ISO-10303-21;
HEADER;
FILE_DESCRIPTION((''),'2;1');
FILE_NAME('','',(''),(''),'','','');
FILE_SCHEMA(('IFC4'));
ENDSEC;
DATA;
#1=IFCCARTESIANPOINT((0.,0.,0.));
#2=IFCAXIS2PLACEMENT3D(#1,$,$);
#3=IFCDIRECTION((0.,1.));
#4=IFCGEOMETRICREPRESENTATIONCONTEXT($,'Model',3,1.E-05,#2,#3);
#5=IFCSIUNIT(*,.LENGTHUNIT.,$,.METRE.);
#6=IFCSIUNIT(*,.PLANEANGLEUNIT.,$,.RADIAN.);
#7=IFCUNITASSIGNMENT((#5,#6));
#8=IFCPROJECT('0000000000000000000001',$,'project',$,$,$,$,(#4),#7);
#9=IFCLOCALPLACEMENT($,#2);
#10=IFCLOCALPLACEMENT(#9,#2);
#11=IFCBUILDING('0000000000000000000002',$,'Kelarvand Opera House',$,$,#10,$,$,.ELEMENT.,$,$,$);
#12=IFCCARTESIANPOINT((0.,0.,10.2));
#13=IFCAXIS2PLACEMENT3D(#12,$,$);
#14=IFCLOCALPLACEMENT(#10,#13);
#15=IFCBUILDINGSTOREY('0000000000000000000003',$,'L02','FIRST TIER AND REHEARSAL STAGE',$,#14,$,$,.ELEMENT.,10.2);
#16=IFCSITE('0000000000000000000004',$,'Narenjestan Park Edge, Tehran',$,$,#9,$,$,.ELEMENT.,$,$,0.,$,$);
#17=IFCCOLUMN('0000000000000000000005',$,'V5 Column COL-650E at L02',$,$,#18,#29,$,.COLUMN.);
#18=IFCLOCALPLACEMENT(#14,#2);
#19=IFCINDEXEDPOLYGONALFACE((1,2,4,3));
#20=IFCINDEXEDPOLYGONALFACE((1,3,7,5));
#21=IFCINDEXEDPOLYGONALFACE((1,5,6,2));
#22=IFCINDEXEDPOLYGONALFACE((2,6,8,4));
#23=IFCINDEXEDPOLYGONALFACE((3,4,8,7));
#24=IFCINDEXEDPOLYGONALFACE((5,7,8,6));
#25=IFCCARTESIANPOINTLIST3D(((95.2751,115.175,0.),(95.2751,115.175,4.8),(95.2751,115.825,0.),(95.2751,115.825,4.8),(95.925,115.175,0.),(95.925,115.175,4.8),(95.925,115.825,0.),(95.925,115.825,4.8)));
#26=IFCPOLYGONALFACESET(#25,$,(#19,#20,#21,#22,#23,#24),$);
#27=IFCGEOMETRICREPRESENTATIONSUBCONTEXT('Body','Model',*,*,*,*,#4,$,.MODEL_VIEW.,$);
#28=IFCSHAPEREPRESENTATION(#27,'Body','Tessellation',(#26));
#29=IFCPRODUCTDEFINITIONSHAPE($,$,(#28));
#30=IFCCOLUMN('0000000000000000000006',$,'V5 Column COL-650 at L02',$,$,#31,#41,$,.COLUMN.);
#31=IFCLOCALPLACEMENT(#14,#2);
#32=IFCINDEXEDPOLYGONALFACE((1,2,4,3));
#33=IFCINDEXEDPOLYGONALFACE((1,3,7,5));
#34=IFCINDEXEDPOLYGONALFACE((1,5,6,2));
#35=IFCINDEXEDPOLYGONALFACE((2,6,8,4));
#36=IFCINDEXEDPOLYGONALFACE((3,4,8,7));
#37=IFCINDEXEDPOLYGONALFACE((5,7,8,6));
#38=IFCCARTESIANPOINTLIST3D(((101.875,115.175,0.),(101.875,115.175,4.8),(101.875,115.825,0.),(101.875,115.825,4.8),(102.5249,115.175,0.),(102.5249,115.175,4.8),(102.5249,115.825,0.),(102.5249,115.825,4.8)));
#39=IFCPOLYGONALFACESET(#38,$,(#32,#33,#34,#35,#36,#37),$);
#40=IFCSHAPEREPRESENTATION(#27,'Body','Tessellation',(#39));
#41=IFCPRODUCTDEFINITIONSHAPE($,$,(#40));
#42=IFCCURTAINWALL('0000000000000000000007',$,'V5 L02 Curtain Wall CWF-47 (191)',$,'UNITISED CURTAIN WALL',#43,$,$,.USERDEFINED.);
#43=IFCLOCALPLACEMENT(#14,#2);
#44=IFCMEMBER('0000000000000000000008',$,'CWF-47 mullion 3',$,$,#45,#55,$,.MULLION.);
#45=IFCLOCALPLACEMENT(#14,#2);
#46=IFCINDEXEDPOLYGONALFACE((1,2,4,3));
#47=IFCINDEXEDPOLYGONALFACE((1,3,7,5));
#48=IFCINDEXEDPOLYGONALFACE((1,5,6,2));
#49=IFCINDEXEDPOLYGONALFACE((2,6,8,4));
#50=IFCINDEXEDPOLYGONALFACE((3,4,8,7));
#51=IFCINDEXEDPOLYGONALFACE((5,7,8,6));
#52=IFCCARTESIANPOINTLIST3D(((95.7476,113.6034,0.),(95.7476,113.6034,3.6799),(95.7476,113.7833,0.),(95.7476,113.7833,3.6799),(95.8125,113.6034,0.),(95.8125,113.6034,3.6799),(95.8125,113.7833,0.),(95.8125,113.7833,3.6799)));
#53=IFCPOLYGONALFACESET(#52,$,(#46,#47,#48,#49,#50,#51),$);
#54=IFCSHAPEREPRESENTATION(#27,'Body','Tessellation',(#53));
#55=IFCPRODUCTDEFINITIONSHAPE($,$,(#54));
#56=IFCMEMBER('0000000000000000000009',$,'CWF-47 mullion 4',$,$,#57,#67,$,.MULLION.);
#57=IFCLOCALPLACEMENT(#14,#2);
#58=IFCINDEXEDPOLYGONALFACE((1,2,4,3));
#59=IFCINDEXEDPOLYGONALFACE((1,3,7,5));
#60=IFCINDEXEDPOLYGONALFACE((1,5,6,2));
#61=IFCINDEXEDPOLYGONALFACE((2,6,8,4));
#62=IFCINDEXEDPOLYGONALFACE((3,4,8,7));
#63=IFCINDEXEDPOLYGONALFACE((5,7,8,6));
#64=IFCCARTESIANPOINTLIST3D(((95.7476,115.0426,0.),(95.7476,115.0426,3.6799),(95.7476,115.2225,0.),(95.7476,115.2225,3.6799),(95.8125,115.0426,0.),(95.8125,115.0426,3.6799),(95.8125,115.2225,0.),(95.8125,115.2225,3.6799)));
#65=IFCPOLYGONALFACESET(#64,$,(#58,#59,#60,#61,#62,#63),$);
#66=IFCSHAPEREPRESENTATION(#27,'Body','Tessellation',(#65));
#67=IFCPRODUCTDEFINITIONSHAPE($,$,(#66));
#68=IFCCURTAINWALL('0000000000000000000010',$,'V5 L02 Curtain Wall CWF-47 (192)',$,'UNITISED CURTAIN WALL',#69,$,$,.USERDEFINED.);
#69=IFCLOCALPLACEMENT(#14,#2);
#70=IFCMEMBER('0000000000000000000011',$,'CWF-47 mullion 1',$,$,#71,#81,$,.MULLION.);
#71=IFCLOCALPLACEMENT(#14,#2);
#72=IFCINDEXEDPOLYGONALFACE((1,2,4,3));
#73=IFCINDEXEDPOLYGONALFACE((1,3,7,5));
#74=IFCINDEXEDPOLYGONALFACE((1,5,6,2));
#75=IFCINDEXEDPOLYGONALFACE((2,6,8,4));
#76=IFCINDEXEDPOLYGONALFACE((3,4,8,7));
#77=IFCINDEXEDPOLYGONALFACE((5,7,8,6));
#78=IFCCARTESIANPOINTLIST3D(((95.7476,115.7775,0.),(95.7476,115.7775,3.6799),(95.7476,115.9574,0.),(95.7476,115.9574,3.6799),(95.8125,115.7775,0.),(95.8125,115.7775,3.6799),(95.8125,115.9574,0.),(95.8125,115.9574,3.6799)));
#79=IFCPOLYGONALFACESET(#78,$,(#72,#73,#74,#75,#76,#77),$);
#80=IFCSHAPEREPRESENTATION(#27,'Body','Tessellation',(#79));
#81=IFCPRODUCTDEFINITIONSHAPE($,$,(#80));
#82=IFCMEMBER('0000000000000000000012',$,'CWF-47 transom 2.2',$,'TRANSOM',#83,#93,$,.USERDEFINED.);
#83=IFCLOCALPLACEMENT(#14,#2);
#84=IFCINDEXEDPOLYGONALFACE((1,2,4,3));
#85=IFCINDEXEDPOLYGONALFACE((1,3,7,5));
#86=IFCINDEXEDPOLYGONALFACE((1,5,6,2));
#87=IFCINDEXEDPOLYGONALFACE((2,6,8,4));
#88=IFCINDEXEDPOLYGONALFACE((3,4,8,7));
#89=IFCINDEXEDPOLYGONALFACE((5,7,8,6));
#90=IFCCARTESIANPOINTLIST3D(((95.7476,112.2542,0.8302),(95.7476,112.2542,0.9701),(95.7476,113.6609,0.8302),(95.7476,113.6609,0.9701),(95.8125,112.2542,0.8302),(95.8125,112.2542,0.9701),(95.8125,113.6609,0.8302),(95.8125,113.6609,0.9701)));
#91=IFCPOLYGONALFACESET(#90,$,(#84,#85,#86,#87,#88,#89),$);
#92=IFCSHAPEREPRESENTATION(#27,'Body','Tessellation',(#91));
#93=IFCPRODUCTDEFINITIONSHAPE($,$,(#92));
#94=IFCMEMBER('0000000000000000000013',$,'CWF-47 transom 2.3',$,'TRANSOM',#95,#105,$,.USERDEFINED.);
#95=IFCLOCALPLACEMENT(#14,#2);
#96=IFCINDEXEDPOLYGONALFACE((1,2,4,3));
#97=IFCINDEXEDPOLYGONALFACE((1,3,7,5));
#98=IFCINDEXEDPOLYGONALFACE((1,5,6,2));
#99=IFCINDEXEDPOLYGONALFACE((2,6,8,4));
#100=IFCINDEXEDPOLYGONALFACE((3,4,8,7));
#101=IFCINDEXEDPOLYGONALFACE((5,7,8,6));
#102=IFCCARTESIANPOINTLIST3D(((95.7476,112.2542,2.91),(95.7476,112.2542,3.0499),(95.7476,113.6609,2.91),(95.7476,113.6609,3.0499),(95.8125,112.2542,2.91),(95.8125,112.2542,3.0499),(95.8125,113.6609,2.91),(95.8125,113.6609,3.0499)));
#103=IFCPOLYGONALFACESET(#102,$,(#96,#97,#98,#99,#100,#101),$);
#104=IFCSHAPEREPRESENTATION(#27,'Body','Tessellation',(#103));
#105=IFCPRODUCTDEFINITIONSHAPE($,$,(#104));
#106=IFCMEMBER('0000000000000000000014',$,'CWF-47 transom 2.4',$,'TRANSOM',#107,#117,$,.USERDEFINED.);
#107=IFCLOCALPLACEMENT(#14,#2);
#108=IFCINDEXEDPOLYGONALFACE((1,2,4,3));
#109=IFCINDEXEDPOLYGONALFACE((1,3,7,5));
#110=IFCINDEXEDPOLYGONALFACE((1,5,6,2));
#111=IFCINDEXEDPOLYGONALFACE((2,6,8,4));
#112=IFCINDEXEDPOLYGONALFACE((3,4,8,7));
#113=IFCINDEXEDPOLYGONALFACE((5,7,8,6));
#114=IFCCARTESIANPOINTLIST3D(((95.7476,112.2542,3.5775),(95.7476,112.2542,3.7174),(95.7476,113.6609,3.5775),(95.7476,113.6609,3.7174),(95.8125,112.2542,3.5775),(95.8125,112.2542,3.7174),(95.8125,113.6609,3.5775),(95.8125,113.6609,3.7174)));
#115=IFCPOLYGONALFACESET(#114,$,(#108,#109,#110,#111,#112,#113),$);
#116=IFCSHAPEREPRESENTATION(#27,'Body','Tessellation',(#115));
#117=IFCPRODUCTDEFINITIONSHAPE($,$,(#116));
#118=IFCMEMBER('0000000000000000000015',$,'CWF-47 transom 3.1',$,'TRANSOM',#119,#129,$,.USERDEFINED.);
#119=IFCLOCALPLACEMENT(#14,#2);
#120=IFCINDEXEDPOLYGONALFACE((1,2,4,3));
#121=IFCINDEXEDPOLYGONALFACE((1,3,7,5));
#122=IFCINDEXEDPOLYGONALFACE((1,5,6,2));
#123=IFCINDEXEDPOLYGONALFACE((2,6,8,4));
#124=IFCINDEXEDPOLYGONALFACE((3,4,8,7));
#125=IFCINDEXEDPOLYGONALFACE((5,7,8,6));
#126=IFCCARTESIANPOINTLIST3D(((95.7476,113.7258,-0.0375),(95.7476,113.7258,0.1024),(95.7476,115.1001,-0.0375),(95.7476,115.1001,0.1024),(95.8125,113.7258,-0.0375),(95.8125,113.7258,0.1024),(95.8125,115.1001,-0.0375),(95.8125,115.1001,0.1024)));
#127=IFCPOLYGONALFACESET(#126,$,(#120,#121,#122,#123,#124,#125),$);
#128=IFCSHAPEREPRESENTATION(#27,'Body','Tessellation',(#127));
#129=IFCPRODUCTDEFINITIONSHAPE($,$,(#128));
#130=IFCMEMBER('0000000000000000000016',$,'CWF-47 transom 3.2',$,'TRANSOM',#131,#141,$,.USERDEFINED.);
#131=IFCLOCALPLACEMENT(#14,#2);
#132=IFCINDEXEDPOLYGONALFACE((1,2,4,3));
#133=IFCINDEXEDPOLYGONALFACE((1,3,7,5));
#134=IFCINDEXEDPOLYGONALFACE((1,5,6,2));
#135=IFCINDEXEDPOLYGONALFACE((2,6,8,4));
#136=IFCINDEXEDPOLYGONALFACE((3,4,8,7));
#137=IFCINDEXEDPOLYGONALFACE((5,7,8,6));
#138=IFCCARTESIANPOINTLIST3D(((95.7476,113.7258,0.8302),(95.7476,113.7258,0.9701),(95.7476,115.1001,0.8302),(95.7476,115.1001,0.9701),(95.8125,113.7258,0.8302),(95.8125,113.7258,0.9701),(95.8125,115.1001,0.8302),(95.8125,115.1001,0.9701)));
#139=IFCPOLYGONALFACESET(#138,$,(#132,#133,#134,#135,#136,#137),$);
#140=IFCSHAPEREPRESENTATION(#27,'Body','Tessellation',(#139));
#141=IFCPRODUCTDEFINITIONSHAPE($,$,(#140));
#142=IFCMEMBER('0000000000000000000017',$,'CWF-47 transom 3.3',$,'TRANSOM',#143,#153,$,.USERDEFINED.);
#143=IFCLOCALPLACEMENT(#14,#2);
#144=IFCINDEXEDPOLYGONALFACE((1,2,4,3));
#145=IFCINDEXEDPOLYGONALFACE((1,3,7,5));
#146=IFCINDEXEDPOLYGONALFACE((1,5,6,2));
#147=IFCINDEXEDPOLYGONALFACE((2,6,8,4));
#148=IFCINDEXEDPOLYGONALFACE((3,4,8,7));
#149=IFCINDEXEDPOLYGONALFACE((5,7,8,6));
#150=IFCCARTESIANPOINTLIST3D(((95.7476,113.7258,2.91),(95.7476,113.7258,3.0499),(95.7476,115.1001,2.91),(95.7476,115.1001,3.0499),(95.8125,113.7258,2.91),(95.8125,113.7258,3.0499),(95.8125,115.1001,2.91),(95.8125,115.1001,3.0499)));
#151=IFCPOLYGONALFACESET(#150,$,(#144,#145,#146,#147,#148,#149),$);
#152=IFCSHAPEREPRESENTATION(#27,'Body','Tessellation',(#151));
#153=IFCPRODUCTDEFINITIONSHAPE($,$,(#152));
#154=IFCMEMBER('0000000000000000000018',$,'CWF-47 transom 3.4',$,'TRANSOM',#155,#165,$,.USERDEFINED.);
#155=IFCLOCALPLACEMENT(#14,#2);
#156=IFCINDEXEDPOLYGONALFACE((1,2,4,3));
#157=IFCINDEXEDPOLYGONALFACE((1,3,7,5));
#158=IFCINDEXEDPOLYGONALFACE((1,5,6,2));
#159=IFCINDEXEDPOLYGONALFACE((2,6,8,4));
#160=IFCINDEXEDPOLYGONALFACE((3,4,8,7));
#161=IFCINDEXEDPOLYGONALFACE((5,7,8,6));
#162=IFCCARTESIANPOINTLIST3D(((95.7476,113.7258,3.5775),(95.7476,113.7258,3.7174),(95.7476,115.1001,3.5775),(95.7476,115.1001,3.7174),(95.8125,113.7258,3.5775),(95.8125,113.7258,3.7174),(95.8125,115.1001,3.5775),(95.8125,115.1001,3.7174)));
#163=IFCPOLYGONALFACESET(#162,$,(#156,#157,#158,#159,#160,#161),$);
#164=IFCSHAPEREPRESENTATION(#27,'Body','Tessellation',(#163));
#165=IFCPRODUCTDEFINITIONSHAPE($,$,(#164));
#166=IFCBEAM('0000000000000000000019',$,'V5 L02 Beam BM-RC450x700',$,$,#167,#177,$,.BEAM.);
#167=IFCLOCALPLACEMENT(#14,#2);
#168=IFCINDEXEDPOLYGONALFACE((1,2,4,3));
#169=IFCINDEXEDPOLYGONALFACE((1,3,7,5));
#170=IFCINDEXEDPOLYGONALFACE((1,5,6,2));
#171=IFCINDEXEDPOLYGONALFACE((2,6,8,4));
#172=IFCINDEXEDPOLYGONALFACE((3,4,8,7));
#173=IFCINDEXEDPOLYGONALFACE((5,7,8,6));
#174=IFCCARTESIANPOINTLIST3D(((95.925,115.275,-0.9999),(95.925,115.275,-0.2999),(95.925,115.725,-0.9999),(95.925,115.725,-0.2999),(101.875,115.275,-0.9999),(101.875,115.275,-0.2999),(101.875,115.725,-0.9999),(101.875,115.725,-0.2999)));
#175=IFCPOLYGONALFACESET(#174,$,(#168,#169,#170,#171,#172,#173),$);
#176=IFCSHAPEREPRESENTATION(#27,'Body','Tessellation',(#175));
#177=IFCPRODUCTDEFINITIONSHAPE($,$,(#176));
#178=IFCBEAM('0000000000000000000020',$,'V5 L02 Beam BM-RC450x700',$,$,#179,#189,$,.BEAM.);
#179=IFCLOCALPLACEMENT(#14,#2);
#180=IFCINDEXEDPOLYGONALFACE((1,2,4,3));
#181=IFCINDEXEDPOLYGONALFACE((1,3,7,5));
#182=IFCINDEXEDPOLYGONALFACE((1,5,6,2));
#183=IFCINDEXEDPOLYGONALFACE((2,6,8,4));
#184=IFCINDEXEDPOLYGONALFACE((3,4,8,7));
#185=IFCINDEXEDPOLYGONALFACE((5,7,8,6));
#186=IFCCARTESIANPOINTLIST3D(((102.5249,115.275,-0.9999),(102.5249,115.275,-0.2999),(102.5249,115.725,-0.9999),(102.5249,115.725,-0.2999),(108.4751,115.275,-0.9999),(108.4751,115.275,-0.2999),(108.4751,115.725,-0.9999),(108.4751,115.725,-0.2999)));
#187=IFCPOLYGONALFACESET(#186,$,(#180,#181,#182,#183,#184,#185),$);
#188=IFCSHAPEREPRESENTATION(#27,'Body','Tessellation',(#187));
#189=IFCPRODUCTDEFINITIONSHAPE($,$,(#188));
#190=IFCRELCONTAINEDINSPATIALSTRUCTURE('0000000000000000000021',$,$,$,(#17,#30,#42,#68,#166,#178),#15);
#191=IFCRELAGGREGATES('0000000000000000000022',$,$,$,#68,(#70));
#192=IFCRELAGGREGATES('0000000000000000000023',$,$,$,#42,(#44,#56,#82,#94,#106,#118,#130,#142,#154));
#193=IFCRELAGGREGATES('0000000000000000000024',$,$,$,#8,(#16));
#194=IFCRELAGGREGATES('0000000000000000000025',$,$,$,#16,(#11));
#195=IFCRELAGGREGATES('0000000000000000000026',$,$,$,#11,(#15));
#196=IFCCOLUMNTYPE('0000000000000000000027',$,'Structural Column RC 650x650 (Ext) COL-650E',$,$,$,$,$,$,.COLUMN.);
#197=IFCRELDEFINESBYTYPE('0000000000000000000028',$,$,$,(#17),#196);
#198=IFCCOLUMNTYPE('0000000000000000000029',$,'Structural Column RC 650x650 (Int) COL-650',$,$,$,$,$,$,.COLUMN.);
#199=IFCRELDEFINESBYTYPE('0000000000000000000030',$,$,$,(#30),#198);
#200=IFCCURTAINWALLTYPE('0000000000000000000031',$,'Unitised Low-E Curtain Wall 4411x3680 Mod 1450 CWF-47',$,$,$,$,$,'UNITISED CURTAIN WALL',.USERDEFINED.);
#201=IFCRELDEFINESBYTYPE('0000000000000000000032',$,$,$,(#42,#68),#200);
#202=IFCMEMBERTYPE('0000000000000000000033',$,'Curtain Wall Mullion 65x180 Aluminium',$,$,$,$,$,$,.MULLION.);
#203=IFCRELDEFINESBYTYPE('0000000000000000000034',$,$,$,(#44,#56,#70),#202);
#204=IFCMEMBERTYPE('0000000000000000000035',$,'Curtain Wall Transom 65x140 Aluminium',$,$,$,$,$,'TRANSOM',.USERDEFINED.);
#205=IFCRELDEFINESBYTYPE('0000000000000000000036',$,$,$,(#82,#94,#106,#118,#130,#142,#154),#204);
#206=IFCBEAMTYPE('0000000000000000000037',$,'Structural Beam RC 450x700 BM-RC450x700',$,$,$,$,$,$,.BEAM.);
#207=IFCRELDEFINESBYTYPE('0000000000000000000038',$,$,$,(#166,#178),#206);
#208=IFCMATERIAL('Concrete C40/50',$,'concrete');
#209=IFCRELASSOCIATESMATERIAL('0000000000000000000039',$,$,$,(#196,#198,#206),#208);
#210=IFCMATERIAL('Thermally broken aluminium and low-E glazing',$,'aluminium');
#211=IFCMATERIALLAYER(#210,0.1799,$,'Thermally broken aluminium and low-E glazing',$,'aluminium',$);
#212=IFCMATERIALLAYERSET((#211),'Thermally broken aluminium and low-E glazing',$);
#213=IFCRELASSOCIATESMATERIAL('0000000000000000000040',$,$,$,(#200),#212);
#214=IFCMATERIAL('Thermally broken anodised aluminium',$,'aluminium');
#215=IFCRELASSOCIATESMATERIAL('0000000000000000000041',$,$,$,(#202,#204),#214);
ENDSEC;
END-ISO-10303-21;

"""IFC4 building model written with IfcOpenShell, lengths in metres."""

from ifc_helpers import new_model, si_unit, direction, frame, origin, origin_2d, place, context, subcontext, project, spatial, rectangle, extrude, material, layer, layer_set, material_profile, profile_set, type_object, element, aggregate, save


model = new_model("IFC4")

# Units and contexts
model_context = context("Model", 3, precision=1e-05, world=origin(), true_north=direction((0.0, 1.0)))
body_context = subcontext(model_context, "Body", "Model", "MODEL_VIEW")
ifc_project = project(units=[si_unit("LENGTHUNIT", "METRE"), si_unit("PLANEANGLEUNIT", "RADIAN")], contexts=[model_context])

# Site, building, storey
site_placement = place(None, origin())
site = spatial("IfcSite", under=ifc_project, at=site_placement, Name="Narenjestan Park Edge, Tehran", CompositionType="ELEMENT", RefElevation=0.0)
building_placement = place(site_placement, origin())
building = spatial("IfcBuilding", under=site, at=building_placement, Name="Kelarvand Opera House", CompositionType="ELEMENT")
storey_placement = place(building_placement, frame((0.0, 0.0, 10.2)))
storey = spatial("IfcBuildingStorey", under=building, at=storey_placement, Name="L02", Description="FIRST TIER AND REHEARSAL STAGE", CompositionType="ELEMENT", Elevation=10.2)

# Columns
ifc_material_1 = material(Name="Concrete C40/50", Category="concrete")
ifc_material_profile_1 = material_profile(ifc_material_1, rectangle(XDim=0.6499, YDim=0.6499, at=origin_2d()), Name="RC 650x650", Category="concrete")
ifc_profile_set_1 = profile_set([ifc_material_profile_1], Name="Concrete C40/50")
column_type_1 = type_object("IfcColumnType", Name="Structural Column RC 650x650 (Ext) COL-650E", PredefinedType="COLUMN", material=ifc_profile_set_1)
column_1_placement = place(storey_placement, frame((95.6001, 115.5, 0.0), z_axis=(0.0, 0.0, 1.0), x_axis=(1.0, 0.0, 0.0)))
element("IfcColumn", 1, at=column_1_placement, inside=storey, type_object=column_type_1, Name="V5 Column COL-650E at L02", PredefinedType="COLUMN", context=body_context, shape_type="SweptSolid", body=[
    extrude(rectangle(XDim=0.6499, YDim=0.6499, at=origin_2d()), origin(), (0.0, 0.0, 1.0), 4.8),
])
ifc_material_profile_2 = material_profile(ifc_material_1, rectangle(XDim=0.6499, YDim=0.6499, at=origin_2d()), Name="RC 650x650", Category="concrete")
ifc_profile_set_2 = profile_set([ifc_material_profile_2], Name="Concrete C40/50")
column_type_2 = type_object("IfcColumnType", Name="Structural Column RC 650x650 (Int) COL-650", PredefinedType="COLUMN", material=ifc_profile_set_2)
column_2_placement = place(storey_placement, frame((102.2, 115.5, 0.0), z_axis=(0.0, 0.0, 1.0), x_axis=(1.0, 0.0, 0.0)))
element("IfcColumn", 2, at=column_2_placement, inside=storey, type_object=column_type_2, Name="V5 Column COL-650 at L02", PredefinedType="COLUMN", context=body_context, shape_type="SweptSolid", body=[
    extrude(rectangle(XDim=0.6499, YDim=0.6499, at=origin_2d()), origin(), (0.0, 0.0, 1.0), 4.8),
])

# Curtain wall, members
ifc_material_2 = material(Name="Thermally broken aluminium and low-E glazing", Category="aluminium")
ifc_layer_1 = layer(ifc_material_2, 0.1799, Name="Thermally broken aluminium and low-E glazing", Category="aluminium")
ifc_layer_set_1 = layer_set([ifc_layer_1], Name="Thermally broken aluminium and low-E glazing")
curtain_wall_type = type_object("IfcCurtainWallType", Name="Unitised Low-E Curtain Wall 4411x3680 Mod 1450 CWF-47", ElementType="UNITISED CURTAIN WALL", PredefinedType="USERDEFINED", material=ifc_layer_set_1)
curtain_wall_1_placement = place(storey_placement, origin())
curtain_wall_1 = element("IfcCurtainWall", 3, at=curtain_wall_1_placement, inside=storey, type_object=curtain_wall_type, Name="V5 L02 Curtain Wall CWF-47 (191)", ObjectType="UNITISED CURTAIN WALL", PredefinedType="USERDEFINED")
ifc_material_3 = material(Name="Thermally broken anodised aluminium", Category="aluminium")
ifc_material_profile_3 = material_profile(ifc_material_3, rectangle(XDim=0.0649, YDim=0.1799, at=origin_2d()), Name="ALU MULLION 65x180", Category="aluminium")
ifc_profile_set_3 = profile_set([ifc_material_profile_3], Name="Thermally broken anodised aluminium")
member_type_1 = type_object("IfcMemberType", Name="Curtain Wall Mullion 65x180 Aluminium", PredefinedType="MULLION", material=ifc_profile_set_3)
member_1_placement = place(storey_placement, frame((95.78, 113.6934, 0.0), z_axis=(0.0, 0.0, 1.0), x_axis=(-1.0, 0.0, 0.0)))
member_1 = element("IfcMember", 4, at=member_1_placement, type_object=member_type_1, Name="CWF-47 mullion 3", PredefinedType="MULLION", context=body_context, shape_type="SweptSolid", body=[
    extrude(rectangle(XDim=0.0649, YDim=0.1799, at=origin_2d()), origin(), (0.0, 0.0, 1.0), 3.6799),
])
member_2_placement = place(storey_placement, frame((95.78, 115.1326, 0.0), z_axis=(0.0, 0.0, 1.0), x_axis=(-1.0, 0.0, 0.0)))
member_2 = element("IfcMember", 5, at=member_2_placement, type_object=member_type_1, Name="CWF-47 mullion 4", PredefinedType="MULLION", context=body_context, shape_type="SweptSolid", body=[
    extrude(rectangle(XDim=0.0649, YDim=0.1799, at=origin_2d()), origin(), (0.0, 0.0, 1.0), 3.6799),
])

# Curtain wall, member
curtain_wall_2_placement = place(storey_placement, origin())
curtain_wall_2 = element("IfcCurtainWall", 6, at=curtain_wall_2_placement, inside=storey, type_object=curtain_wall_type, Name="V5 L02 Curtain Wall CWF-47 (192)", ObjectType="UNITISED CURTAIN WALL", PredefinedType="USERDEFINED")
member_3_placement = place(storey_placement, frame((95.78, 115.8674, 0.0), z_axis=(0.0, 0.0, 1.0), x_axis=(-1.0, 0.0, 0.0)))
member_3 = element("IfcMember", 7, at=member_3_placement, type_object=member_type_1, Name="CWF-47 mullion 1", PredefinedType="MULLION", context=body_context, shape_type="SweptSolid", body=[
    extrude(rectangle(XDim=0.0649, YDim=0.1799, at=origin_2d()), origin(), (0.0, 0.0, 1.0), 3.6799),
])
aggregate(curtain_wall_2, [member_3])

# Members
ifc_material_profile_4 = material_profile(ifc_material_3, rectangle(XDim=0.0649, YDim=0.1399, at=origin_2d()), Name="ALU TRANSOM 65x140", Category="aluminium")
ifc_profile_set_4 = profile_set([ifc_material_profile_4], Name="Thermally broken anodised aluminium")
member_type_2 = type_object("IfcMemberType", Name="Curtain Wall Transom 65x140 Aluminium", ElementType="TRANSOM", PredefinedType="USERDEFINED", material=ifc_profile_set_4)
member_4_placement = place(storey_placement, frame((95.78, 112.2542, 0.9001), z_axis=(0.0, 1.0, 0.0), x_axis=(-1.0, 0.0, 0.0)))
member_4 = element("IfcMember", 8, at=member_4_placement, type_object=member_type_2, Name="CWF-47 transom 2.2", ObjectType="TRANSOM", PredefinedType="USERDEFINED", context=body_context, shape_type="SweptSolid", body=[
    extrude(rectangle(XDim=0.0649, YDim=0.1399, at=origin_2d()), origin(), (0.0, 0.0, 1.0), 1.4067),
])
member_5_placement = place(storey_placement, frame((95.78, 112.2542, 2.98), z_axis=(0.0, 1.0, 0.0), x_axis=(-1.0, 0.0, 0.0)))
member_5 = element("IfcMember", 9, at=member_5_placement, type_object=member_type_2, Name="CWF-47 transom 2.3", ObjectType="TRANSOM", PredefinedType="USERDEFINED", context=body_context, shape_type="SweptSolid", body=[
    extrude(rectangle(XDim=0.0649, YDim=0.1399, at=origin_2d()), origin(), (0.0, 0.0, 1.0), 1.4067),
])
member_6_placement = place(storey_placement, frame((95.78, 112.2542, 3.6475), z_axis=(0.0, 1.0, 0.0), x_axis=(-1.0, 0.0, 0.0)))
member_6 = element("IfcMember", 10, at=member_6_placement, type_object=member_type_2, Name="CWF-47 transom 2.4", ObjectType="TRANSOM", PredefinedType="USERDEFINED", context=body_context, shape_type="SweptSolid", body=[
    extrude(rectangle(XDim=0.0649, YDim=0.1399, at=origin_2d()), origin(), (0.0, 0.0, 1.0), 1.4067),
])
member_7_placement = place(storey_placement, frame((95.78, 113.7258, 0.0325), z_axis=(0.0, 1.0, 0.0), x_axis=(-1.0, 0.0, 0.0)))
member_7 = element("IfcMember", 11, at=member_7_placement, type_object=member_type_2, Name="CWF-47 transom 3.1", ObjectType="TRANSOM", PredefinedType="USERDEFINED", context=body_context, shape_type="SweptSolid", body=[
    extrude(rectangle(XDim=0.0649, YDim=0.1399, at=origin_2d()), origin(), (0.0, 0.0, 1.0), 1.3743),
])
member_8_placement = place(storey_placement, frame((95.78, 113.7258, 0.9001), z_axis=(0.0, 1.0, 0.0), x_axis=(-1.0, 0.0, 0.0)))
member_8 = element("IfcMember", 12, at=member_8_placement, type_object=member_type_2, Name="CWF-47 transom 3.2", ObjectType="TRANSOM", PredefinedType="USERDEFINED", context=body_context, shape_type="SweptSolid", body=[
    extrude(rectangle(XDim=0.0649, YDim=0.1399, at=origin_2d()), origin(), (0.0, 0.0, 1.0), 1.3743),
])
member_9_placement = place(storey_placement, frame((95.78, 113.7258, 2.98), z_axis=(0.0, 1.0, 0.0), x_axis=(-1.0, 0.0, 0.0)))
member_9 = element("IfcMember", 13, at=member_9_placement, type_object=member_type_2, Name="CWF-47 transom 3.3", ObjectType="TRANSOM", PredefinedType="USERDEFINED", context=body_context, shape_type="SweptSolid", body=[
    extrude(rectangle(XDim=0.0649, YDim=0.1399, at=origin_2d()), origin(), (0.0, 0.0, 1.0), 1.3743),
])
member_10_placement = place(storey_placement, frame((95.78, 113.7258, 3.6475), z_axis=(0.0, 1.0, 0.0), x_axis=(-1.0, 0.0, 0.0)))
member_10 = element("IfcMember", 14, at=member_10_placement, type_object=member_type_2, Name="CWF-47 transom 3.4", ObjectType="TRANSOM", PredefinedType="USERDEFINED", context=body_context, shape_type="SweptSolid", body=[
    extrude(rectangle(XDim=0.0649, YDim=0.1399, at=origin_2d()), origin(), (0.0, 0.0, 1.0), 1.3743),
])

# Beams
ifc_material_profile_5 = material_profile(ifc_material_1, rectangle(XDim=0.45, YDim=0.7, at=origin_2d()), Name="RC 450x700", Category="concrete")
ifc_profile_set_5 = profile_set([ifc_material_profile_5], Name="Concrete C40/50")
beam_type_1 = type_object("IfcBeamType", Name="Structural Beam RC 450x700 BM-RC450x700", PredefinedType="BEAM", material=ifc_profile_set_5)
beam_1_placement = place(storey_placement, frame((95.925, 115.5, -0.6499), z_axis=(1.0, 0.0, 0.0), x_axis=(0.0, 1.0, 0.0)))
element("IfcBeam", 15, at=beam_1_placement, inside=storey, type_object=beam_type_1, Name="V5 L02 Beam BM-RC450x700", PredefinedType="BEAM", context=body_context, shape_type="SweptSolid", body=[
    extrude(rectangle(XDim=0.45, YDim=0.7, at=origin_2d()), origin(), (0.0, 0.0, 1.0), 5.95),
])
beam_2_placement = place(storey_placement, frame((102.5249, 115.5, -0.6499), z_axis=(1.0, 0.0, 0.0), x_axis=(0.0, 1.0, 0.0)))
element("IfcBeam", 16, at=beam_2_placement, inside=storey, type_object=beam_type_1, Name="V5 L02 Beam BM-RC450x700", PredefinedType="BEAM", context=body_context, shape_type="SweptSolid", body=[
    extrude(rectangle(XDim=0.45, YDim=0.7, at=origin_2d()), origin(), (0.0, 0.0, 1.0), 5.9502),
])

aggregate(curtain_wall_1, [member_1, member_2, member_4, member_5, member_6, member_7, member_8, member_9, member_10])

save(model, "model.ifc")
